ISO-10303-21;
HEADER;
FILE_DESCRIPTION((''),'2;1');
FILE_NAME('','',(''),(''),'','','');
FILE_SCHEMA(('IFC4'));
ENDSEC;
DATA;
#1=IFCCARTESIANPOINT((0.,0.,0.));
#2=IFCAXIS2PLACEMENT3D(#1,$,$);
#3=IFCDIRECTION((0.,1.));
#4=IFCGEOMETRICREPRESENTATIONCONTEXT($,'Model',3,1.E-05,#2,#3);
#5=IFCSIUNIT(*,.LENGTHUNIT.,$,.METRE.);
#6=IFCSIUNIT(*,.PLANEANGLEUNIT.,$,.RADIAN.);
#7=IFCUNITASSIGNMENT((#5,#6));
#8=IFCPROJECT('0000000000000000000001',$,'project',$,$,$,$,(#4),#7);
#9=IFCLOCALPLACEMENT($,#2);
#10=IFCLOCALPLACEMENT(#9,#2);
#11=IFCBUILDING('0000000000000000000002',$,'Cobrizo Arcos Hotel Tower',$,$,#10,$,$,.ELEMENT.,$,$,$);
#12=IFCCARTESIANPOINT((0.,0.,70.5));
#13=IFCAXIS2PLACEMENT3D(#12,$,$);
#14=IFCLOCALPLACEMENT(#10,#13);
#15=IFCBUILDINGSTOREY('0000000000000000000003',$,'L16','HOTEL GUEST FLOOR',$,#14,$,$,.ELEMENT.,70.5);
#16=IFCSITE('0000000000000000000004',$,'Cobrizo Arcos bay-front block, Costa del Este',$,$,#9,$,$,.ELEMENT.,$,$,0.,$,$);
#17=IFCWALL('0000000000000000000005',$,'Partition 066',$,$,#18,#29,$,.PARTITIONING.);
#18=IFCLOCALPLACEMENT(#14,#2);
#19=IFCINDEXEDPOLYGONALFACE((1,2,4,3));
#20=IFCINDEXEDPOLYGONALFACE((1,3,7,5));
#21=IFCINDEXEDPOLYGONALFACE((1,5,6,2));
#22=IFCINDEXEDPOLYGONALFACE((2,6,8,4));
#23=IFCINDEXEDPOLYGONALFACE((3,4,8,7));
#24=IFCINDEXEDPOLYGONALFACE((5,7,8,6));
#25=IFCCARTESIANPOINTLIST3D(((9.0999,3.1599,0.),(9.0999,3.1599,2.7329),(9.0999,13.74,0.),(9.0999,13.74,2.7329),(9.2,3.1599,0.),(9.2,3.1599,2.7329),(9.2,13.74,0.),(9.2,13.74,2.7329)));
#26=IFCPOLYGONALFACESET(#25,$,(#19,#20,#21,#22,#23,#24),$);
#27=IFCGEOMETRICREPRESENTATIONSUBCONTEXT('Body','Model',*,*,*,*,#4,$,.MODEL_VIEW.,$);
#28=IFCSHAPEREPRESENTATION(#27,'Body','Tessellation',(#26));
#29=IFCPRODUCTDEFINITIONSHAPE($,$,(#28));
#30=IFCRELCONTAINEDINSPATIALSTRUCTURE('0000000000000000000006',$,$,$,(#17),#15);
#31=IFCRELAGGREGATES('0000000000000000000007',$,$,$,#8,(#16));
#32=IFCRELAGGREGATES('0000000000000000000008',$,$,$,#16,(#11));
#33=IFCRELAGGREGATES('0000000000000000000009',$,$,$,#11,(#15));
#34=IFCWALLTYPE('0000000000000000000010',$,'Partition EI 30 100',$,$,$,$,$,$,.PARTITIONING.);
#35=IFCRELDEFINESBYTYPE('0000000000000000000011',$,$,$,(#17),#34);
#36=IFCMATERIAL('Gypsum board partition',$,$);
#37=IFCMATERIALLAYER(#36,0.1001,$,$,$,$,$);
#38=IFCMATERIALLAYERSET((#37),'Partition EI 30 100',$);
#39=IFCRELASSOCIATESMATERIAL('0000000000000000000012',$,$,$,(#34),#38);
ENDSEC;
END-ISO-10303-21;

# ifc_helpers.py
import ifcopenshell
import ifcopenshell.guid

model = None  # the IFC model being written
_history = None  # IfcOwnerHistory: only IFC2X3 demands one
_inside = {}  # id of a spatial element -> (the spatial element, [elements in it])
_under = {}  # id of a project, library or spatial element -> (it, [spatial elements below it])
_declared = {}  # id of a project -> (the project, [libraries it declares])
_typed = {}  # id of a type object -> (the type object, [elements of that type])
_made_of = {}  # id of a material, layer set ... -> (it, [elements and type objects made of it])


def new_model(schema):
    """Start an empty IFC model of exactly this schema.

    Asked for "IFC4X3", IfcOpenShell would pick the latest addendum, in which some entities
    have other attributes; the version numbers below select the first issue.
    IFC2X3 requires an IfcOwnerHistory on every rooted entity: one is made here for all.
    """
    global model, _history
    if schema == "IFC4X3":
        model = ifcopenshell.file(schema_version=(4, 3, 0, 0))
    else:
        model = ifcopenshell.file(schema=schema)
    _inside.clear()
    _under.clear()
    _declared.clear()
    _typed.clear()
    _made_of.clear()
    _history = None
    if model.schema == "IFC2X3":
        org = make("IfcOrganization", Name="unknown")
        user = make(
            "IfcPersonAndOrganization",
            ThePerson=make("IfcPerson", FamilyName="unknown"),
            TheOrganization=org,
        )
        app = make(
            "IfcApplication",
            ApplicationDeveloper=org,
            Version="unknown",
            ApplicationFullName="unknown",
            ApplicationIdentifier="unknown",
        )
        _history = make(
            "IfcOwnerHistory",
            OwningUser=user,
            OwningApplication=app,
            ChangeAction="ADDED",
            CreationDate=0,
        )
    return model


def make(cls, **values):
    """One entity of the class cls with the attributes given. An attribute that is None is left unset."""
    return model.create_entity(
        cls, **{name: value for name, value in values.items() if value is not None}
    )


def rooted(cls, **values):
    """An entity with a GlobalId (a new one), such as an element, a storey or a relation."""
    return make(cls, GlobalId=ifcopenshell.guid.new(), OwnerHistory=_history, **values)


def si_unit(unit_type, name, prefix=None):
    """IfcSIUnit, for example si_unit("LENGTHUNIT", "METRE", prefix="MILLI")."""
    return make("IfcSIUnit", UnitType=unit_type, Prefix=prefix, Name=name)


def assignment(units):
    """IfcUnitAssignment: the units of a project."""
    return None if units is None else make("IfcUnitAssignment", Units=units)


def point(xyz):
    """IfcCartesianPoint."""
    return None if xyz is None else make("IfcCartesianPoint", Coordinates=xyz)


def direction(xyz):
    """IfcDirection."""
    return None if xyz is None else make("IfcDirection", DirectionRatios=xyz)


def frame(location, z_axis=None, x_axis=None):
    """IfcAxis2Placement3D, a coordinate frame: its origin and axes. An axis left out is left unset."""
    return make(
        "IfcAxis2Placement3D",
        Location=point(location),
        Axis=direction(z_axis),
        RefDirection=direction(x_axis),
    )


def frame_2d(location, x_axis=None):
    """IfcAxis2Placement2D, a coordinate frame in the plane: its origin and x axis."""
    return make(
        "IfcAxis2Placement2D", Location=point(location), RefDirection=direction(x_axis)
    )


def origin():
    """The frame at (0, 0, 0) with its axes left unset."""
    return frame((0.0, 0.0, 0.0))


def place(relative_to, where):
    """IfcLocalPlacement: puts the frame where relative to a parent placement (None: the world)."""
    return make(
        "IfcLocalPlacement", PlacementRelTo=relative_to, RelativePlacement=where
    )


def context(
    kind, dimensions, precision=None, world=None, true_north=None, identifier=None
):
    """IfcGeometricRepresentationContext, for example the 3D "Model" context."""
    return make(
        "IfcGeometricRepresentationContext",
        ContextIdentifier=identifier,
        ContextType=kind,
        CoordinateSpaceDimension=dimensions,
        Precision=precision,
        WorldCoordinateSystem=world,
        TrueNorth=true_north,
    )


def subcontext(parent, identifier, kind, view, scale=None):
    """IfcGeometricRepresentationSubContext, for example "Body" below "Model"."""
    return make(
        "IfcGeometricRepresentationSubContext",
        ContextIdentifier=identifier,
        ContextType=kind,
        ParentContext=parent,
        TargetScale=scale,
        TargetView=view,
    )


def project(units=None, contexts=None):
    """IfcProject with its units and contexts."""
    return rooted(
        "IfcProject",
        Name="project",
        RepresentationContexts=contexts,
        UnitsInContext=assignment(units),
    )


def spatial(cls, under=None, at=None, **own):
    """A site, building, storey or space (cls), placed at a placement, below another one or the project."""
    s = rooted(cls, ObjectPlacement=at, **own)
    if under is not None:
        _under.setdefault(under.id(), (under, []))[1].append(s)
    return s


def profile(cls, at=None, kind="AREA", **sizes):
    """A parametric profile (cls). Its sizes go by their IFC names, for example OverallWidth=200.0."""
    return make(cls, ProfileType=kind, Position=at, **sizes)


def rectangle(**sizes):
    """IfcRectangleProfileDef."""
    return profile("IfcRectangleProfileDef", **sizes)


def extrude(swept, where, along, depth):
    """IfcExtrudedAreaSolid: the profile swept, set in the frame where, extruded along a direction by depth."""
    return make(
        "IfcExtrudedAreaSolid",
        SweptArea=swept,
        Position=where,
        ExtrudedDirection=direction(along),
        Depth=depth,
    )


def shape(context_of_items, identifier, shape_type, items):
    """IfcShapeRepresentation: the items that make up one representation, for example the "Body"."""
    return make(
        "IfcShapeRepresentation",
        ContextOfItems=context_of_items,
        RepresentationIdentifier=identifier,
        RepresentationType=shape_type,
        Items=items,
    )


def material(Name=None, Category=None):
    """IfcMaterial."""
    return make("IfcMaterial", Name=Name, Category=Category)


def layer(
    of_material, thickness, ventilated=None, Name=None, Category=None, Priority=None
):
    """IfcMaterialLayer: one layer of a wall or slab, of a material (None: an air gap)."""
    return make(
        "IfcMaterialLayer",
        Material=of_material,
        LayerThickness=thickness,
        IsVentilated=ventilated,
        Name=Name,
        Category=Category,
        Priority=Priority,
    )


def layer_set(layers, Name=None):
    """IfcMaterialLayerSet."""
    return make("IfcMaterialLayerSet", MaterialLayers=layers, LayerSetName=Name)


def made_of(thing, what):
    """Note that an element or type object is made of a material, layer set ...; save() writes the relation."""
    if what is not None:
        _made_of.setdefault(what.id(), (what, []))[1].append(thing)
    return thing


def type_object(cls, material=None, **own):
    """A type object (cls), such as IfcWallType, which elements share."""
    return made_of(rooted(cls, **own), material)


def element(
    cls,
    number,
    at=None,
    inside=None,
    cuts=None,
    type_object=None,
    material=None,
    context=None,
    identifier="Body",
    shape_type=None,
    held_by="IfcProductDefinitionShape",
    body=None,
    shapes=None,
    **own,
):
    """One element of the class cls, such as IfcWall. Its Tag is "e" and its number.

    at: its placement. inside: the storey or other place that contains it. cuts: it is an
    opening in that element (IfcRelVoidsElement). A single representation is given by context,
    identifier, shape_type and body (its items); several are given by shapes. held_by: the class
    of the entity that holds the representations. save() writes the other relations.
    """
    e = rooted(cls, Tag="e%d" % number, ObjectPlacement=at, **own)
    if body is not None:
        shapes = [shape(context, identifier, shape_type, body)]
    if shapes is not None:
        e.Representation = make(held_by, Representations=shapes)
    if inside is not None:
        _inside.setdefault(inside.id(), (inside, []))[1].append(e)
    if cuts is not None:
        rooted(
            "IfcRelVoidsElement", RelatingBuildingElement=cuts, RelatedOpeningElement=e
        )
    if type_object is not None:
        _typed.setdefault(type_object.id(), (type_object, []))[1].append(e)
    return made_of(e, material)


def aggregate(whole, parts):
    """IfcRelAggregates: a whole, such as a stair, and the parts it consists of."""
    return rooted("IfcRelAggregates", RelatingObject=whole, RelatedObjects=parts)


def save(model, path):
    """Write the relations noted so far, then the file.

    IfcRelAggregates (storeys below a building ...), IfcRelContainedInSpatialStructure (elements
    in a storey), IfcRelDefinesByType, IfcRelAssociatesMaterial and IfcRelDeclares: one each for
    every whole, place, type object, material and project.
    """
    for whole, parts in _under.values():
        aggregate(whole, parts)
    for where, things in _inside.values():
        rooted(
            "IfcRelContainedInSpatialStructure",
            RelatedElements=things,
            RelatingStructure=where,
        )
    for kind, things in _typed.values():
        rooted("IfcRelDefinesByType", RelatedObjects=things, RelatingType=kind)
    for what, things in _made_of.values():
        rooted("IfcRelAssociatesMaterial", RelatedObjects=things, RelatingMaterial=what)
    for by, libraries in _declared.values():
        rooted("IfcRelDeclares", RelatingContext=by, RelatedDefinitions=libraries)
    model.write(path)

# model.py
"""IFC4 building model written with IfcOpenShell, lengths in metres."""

from ifc_helpers import new_model, si_unit, direction, frame, frame_2d, origin, place, context, subcontext, project, spatial, rectangle, extrude, material, layer, layer_set, type_object, element, save


model = new_model("IFC4")

# Units and contexts
model_context = context("Model", 3, precision=1e-05, world=origin(), true_north=direction((0.0, 1.0)))
body_context = subcontext(model_context, "Body", "Model", "MODEL_VIEW")
ifc_project = project(units=[si_unit("LENGTHUNIT", "METRE"), si_unit("PLANEANGLEUNIT", "RADIAN")], contexts=[model_context])

# Site, building, storey
site_placement = place(None, origin())
site = spatial("IfcSite", under=ifc_project, at=site_placement, Name="Cobrizo Arcos bay-front block, Costa del Este", CompositionType="ELEMENT", RefElevation=0.0)
building_placement = place(site_placement, origin())
building = spatial("IfcBuilding", under=site, at=building_placement, Name="Cobrizo Arcos Hotel Tower", CompositionType="ELEMENT")
storey_placement = place(building_placement, frame((0.0, 0.0, 70.5)))
storey = spatial("IfcBuildingStorey", under=building, at=storey_placement, Name="L16", Description="HOTEL GUEST FLOOR", CompositionType="ELEMENT", Elevation=70.5)

# Shared definitions
ifc_material_1 = material(Name="Gypsum board partition")

# Wall
ifc_layer_1 = layer(ifc_material_1, 0.1001)
ifc_layer_set_1 = layer_set([ifc_layer_1], Name="Partition EI 30 100")
wall_type_1 = type_object("IfcWallType", Name="Partition EI 30 100", PredefinedType="PARTITIONING", material=ifc_layer_set_1)
wall_1_placement = place(storey_placement, frame((9.1499, 3.1599, 0.0), z_axis=(0.0, 0.0, 1.0), x_axis=(0.0, 1.0, 0.0)))
element("IfcWall", 1, at=wall_1_placement, inside=storey, type_object=wall_type_1, Name="Partition 066", PredefinedType="PARTITIONING", context=body_context, shape_type="SweptSolid", body=[
    extrude(rectangle(XDim=10.5801, YDim=0.1001, at=frame_2d((5.29, 0.0))), origin(), (0.0, 0.0, 1.0), 2.7329),
])

save(model, "model.ifc")
